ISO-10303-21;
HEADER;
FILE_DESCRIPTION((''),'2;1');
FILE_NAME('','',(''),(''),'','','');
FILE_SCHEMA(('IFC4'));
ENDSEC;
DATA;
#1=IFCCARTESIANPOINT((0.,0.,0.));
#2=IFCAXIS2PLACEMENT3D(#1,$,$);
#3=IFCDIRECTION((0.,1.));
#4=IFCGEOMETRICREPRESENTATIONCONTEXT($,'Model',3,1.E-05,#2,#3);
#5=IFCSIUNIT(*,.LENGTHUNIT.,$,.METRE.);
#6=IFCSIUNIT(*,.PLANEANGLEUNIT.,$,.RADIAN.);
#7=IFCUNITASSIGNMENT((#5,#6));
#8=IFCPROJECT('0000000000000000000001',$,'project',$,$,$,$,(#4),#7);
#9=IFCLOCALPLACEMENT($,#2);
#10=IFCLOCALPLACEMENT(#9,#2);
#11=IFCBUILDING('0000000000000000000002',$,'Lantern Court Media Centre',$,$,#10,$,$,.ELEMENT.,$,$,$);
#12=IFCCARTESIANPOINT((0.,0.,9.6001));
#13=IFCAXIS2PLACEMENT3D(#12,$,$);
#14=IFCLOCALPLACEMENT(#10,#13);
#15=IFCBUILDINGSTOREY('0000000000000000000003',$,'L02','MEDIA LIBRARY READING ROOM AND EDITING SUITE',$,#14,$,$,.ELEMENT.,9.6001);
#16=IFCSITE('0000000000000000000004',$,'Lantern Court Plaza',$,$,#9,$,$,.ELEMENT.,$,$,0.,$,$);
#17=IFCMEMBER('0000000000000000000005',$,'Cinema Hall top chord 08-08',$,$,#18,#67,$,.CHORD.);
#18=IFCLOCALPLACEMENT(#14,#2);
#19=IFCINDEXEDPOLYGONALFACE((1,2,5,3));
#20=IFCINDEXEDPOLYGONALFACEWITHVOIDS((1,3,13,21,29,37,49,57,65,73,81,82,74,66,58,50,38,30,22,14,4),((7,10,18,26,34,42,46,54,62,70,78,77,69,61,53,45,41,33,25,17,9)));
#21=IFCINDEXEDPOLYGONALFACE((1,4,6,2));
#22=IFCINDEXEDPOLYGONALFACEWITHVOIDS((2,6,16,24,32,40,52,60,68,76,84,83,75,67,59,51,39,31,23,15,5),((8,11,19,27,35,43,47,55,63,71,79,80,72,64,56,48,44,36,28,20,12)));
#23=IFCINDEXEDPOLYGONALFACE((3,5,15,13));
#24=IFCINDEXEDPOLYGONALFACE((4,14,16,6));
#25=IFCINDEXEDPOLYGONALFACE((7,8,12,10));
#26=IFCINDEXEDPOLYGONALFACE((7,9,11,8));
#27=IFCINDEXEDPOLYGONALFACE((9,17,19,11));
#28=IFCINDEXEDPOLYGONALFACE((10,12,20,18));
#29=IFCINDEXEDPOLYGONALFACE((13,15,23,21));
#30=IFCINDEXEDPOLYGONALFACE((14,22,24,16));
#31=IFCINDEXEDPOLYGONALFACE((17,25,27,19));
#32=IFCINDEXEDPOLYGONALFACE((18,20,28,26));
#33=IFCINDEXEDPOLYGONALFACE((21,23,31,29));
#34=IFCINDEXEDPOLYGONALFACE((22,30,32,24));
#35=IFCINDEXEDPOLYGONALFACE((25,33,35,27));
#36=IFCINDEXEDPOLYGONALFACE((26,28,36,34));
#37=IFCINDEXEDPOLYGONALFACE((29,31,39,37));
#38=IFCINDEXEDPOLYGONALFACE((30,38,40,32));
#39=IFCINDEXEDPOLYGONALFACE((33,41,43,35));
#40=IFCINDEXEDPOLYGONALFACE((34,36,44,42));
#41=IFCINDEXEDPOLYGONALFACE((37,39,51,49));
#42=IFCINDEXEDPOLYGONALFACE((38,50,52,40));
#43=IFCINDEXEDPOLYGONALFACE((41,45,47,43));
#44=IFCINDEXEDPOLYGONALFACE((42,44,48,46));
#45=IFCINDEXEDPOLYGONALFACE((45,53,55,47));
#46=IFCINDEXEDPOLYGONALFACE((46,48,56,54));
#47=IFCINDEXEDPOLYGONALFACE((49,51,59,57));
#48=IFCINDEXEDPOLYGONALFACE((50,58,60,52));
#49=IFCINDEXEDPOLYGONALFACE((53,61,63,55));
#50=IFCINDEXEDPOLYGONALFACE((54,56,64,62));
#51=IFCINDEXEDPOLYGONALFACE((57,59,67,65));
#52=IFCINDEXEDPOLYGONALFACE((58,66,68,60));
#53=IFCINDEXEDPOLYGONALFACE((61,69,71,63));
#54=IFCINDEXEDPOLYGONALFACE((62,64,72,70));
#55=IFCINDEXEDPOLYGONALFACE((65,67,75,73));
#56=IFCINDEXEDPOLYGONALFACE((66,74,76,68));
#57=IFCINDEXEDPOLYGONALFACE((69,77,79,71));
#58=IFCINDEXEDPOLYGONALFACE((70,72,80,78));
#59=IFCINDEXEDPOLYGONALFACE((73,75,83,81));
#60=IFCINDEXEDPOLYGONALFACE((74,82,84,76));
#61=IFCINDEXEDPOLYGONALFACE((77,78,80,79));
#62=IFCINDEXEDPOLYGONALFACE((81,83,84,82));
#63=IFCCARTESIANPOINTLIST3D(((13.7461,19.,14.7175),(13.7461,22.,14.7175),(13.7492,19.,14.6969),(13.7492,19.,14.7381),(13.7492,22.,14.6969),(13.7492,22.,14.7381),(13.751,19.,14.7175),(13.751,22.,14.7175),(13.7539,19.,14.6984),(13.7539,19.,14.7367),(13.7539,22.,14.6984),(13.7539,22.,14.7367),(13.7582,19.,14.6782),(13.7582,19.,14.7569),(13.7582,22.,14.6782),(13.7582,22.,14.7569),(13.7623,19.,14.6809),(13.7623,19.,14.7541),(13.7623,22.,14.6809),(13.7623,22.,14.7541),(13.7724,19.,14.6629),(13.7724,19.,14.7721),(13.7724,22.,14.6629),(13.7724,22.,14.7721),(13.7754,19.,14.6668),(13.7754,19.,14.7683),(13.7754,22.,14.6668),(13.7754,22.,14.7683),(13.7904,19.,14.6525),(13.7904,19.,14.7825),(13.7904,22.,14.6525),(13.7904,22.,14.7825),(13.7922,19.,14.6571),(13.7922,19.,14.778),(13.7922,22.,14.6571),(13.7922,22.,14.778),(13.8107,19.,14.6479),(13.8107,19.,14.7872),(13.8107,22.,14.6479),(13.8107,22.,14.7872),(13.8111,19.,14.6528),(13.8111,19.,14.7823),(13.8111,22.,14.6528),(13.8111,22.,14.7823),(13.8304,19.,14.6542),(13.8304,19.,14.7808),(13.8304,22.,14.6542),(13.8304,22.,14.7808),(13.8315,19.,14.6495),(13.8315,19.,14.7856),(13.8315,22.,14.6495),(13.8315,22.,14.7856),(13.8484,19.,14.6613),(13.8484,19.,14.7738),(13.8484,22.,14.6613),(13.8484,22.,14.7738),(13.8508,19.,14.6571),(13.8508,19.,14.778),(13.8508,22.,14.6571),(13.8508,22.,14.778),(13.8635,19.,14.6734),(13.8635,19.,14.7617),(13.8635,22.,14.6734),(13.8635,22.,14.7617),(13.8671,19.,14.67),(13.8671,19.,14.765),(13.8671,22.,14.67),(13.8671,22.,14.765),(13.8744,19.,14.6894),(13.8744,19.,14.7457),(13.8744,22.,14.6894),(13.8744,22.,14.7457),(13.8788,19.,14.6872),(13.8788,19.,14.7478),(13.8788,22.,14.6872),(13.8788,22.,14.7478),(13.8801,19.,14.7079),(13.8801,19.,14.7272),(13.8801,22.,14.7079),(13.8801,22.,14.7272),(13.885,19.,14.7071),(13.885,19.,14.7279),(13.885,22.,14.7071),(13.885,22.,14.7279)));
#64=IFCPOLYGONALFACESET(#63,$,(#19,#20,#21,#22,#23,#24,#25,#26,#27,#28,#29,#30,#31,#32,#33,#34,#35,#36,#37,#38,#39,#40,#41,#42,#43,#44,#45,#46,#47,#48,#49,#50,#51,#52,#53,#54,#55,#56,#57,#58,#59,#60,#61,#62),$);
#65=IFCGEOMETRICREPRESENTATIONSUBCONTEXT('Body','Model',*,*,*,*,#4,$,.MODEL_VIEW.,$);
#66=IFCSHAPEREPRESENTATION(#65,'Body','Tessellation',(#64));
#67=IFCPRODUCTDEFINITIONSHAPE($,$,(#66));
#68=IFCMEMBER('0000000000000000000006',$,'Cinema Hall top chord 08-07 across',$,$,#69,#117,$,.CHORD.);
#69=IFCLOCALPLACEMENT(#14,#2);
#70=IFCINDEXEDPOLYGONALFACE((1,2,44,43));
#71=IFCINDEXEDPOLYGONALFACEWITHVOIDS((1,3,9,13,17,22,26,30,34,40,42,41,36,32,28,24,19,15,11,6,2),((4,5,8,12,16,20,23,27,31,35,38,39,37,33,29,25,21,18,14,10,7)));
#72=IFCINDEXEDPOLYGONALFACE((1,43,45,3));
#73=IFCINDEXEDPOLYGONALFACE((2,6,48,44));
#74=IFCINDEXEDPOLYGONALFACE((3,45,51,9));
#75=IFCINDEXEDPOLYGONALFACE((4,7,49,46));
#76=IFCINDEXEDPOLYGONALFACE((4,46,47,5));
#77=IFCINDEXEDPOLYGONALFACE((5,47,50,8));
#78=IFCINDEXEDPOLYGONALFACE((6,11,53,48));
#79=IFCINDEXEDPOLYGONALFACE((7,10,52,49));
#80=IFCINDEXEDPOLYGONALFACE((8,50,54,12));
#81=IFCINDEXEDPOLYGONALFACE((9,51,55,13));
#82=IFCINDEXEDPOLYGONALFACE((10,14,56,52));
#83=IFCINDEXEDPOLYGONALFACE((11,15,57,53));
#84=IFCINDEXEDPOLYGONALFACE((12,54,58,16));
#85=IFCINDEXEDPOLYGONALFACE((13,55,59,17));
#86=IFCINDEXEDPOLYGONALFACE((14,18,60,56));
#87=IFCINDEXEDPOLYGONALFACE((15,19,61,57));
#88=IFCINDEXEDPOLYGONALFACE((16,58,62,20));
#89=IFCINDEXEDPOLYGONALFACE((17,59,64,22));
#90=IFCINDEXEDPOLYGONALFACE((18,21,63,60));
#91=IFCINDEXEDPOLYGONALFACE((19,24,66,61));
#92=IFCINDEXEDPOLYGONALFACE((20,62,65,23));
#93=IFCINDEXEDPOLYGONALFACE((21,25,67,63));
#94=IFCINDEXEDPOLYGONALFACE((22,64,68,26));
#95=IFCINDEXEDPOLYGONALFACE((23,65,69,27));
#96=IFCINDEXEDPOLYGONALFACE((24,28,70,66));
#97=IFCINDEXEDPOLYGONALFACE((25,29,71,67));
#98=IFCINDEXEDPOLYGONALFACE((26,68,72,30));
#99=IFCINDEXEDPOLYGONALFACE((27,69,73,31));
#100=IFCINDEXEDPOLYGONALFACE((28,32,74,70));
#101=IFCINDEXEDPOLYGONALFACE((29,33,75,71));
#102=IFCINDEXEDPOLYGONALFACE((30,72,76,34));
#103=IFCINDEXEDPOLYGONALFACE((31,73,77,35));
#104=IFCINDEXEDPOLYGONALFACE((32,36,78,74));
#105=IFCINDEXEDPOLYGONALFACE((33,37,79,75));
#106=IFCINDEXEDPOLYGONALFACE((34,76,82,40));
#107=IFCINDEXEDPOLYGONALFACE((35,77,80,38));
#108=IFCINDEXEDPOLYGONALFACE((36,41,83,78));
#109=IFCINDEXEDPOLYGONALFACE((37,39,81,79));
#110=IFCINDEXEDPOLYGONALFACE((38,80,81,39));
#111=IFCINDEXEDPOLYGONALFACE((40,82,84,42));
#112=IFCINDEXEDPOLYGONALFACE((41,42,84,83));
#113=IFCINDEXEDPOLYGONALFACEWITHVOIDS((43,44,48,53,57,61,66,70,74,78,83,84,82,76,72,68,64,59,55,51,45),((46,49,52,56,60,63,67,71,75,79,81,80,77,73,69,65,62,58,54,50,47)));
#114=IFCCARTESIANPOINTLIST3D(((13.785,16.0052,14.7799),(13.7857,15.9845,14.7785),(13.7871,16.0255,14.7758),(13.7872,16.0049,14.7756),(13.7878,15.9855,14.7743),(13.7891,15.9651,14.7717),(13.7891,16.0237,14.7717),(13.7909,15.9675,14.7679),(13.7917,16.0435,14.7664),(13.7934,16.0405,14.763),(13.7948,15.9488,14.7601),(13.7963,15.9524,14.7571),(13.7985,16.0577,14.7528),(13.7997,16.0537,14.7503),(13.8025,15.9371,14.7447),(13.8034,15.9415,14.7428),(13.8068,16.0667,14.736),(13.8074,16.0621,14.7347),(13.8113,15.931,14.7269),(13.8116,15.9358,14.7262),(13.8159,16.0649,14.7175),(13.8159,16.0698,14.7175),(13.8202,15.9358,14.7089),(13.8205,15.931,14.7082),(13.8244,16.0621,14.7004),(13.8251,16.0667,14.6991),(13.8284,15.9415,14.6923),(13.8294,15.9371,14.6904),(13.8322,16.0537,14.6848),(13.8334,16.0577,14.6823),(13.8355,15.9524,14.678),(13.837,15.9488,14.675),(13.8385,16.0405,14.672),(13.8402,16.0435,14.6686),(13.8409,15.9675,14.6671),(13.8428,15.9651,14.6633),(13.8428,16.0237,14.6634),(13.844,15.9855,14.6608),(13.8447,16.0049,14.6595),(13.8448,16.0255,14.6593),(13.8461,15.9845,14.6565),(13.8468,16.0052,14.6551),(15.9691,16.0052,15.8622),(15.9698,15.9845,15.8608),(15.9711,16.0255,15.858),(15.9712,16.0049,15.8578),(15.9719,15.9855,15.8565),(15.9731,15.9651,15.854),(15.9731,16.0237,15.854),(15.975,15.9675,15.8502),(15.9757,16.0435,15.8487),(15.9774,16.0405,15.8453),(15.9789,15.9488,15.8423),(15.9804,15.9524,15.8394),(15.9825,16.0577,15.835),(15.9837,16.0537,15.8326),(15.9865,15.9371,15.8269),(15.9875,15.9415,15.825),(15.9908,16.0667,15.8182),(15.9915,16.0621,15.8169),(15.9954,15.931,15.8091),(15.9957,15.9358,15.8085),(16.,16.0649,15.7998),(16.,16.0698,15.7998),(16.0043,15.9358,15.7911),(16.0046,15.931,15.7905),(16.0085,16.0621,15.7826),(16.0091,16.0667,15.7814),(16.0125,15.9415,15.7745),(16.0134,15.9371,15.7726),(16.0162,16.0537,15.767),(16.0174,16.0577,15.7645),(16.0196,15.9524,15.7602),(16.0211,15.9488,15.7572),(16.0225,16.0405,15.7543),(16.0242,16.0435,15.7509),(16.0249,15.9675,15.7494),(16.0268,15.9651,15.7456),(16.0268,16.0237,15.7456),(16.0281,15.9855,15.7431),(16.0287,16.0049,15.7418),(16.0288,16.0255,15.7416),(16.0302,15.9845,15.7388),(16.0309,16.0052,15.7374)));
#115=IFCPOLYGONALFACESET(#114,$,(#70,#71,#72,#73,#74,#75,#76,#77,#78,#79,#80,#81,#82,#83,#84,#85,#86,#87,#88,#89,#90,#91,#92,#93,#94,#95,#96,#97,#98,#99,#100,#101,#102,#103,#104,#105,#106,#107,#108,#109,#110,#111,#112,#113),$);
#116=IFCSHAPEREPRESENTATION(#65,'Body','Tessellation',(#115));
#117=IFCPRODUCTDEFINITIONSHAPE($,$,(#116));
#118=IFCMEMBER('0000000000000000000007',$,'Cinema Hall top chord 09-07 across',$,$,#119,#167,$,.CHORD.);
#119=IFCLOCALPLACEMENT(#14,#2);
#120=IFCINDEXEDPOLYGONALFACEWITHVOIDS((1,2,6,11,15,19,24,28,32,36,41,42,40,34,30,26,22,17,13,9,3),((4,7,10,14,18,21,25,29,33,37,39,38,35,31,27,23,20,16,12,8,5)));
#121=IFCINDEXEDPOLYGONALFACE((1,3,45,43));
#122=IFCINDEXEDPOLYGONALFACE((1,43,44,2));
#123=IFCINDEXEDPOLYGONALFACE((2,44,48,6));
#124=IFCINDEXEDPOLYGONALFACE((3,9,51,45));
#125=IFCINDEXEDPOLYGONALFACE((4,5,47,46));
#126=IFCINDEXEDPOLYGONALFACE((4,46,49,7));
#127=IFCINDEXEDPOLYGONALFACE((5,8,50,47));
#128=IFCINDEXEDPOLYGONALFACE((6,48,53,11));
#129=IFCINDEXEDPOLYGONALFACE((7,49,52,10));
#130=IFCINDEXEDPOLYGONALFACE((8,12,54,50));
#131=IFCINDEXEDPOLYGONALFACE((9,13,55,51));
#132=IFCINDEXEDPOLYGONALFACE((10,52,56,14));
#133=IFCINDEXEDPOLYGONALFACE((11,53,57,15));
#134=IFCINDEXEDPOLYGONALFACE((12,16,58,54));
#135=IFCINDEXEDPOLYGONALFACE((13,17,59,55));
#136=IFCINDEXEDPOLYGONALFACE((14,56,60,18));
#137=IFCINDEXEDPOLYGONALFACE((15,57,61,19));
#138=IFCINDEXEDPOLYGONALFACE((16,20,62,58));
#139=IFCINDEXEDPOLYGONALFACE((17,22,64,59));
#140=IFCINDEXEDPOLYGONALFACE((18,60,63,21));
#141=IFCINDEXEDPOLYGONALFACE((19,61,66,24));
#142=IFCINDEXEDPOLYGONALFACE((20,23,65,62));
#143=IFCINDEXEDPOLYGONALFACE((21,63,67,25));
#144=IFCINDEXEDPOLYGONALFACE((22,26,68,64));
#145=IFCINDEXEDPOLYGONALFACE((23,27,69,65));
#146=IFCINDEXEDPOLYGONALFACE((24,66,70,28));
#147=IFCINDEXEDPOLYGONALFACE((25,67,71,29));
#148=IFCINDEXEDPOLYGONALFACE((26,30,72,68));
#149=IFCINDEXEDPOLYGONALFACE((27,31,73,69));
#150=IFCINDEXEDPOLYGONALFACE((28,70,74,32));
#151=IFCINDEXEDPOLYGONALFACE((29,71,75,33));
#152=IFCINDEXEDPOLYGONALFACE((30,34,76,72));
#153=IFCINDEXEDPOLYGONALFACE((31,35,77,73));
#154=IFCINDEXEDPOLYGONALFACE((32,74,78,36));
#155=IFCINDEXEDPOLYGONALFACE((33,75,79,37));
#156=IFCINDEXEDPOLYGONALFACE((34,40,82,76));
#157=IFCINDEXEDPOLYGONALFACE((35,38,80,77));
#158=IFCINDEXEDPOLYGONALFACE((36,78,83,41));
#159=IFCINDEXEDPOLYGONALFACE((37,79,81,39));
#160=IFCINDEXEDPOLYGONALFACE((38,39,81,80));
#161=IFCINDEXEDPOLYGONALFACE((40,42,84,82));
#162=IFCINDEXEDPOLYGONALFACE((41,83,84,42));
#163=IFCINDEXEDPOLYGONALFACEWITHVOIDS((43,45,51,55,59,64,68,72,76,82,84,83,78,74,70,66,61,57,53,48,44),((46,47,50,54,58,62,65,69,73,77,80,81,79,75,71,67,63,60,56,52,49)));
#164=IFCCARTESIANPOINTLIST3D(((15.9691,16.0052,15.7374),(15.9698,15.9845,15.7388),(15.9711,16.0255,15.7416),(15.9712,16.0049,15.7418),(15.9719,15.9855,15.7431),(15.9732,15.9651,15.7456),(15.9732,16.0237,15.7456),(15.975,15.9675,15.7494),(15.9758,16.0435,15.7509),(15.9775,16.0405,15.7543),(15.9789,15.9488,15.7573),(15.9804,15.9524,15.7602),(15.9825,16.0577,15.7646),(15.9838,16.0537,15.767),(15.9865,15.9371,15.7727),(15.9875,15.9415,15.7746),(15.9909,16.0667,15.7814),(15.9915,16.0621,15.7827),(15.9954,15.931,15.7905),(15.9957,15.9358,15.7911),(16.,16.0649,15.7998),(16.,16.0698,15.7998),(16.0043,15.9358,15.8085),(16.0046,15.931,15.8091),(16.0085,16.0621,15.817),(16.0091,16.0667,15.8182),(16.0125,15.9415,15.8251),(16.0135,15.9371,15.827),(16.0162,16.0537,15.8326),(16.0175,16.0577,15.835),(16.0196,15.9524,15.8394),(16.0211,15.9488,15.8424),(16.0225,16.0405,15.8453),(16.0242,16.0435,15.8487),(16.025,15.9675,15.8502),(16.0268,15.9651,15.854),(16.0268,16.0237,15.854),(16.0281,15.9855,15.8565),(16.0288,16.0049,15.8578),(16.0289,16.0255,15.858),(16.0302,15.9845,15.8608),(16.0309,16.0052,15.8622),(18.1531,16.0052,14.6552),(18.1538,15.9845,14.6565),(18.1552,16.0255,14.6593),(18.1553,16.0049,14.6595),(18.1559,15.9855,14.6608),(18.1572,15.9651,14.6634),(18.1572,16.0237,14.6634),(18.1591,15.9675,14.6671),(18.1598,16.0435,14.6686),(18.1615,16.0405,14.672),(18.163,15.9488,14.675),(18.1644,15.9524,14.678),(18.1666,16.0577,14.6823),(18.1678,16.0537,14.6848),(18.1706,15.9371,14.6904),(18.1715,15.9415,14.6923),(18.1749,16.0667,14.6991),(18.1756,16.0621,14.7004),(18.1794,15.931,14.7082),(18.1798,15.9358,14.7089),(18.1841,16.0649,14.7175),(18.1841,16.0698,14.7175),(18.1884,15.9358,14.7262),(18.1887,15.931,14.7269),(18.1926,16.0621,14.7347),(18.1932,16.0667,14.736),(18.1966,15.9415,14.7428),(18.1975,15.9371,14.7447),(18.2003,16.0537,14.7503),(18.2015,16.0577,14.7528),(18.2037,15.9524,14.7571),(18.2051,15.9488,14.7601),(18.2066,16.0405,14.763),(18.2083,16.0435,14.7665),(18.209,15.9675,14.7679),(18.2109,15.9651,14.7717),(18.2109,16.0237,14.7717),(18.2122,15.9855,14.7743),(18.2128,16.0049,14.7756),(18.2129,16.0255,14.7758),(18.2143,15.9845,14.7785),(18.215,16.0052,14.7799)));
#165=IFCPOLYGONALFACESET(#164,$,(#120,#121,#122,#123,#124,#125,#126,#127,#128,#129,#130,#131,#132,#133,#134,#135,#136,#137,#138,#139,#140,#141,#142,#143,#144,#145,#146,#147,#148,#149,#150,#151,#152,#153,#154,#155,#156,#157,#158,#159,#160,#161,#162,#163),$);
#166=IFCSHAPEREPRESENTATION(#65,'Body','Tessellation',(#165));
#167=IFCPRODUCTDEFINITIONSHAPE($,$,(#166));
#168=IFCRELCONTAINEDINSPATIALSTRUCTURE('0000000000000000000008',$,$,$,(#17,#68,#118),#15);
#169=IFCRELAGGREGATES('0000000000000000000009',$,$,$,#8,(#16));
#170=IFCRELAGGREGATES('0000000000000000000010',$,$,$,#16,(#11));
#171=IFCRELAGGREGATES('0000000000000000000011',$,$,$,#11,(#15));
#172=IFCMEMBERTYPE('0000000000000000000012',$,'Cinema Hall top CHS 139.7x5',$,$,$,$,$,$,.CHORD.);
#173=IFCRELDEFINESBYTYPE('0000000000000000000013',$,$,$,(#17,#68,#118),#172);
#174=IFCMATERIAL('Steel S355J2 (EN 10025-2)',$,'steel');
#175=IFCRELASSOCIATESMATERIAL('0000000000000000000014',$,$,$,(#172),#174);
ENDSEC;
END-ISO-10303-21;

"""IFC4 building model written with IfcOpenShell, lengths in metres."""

from ifc_helpers import new_model, si_unit, direction, frame, origin, origin_2d, place, context, subcontext, project, spatial, hollow_circle, extrude, material, material_profile, profile_set, type_object, element, save


model = new_model("IFC4")

# Units and contexts
model_context = context("Model", 3, precision=1e-05, world=origin(), true_north=direction((0.0, 1.0)))
body_context = subcontext(model_context, "Body", "Model", "MODEL_VIEW")
ifc_project = project(units=[si_unit("LENGTHUNIT", "METRE"), si_unit("PLANEANGLEUNIT", "RADIAN")], contexts=[model_context])

# Site, building, storey
site_placement = place(None, origin())
site = spatial("IfcSite", under=ifc_project, at=site_placement, Name="Lantern Court Plaza", CompositionType="ELEMENT", RefElevation=0.0)
building_placement = place(site_placement, origin())
building = spatial("IfcBuilding", under=site, at=building_placement, Name="Lantern Court Media Centre", CompositionType="ELEMENT")
storey_placement = place(building_placement, frame((0.0, 0.0, 9.6001)))
storey = spatial("IfcBuildingStorey", under=building, at=storey_placement, Name="L02", Description="MEDIA LIBRARY READING ROOM AND EDITING SUITE", CompositionType="ELEMENT", Elevation=9.6001)

# Members
ifc_material = material(Name="Steel S355J2 (EN 10025-2)", Category="steel")
ifc_material_profile_1 = material_profile(ifc_material, hollow_circle(Radius=0.0698, WallThickness=0.0049, at=origin_2d()), Name="Cinema Hall top CHS 139.7x5")
ifc_profile_set_1 = profile_set([ifc_material_profile_1], Name="Steel S355J2 (EN 10025-2)")
member_type_1 = type_object("IfcMemberType", Name="Cinema Hall top CHS 139.7x5", PredefinedType="CHORD", material=ifc_profile_set_1)
for number, where, z_axis, x_axis, name in (
    (1, (13.8159, 19.0, 14.7175), (0.0, 1.0, 0.0), (-1.0, 0.0, 0.0), "Cinema Hall top chord 08-08"),
):
    element("IfcMember", number, at=place(storey_placement, frame(where, z_axis=z_axis, x_axis=x_axis)), inside=storey, type_object=member_type_1, Name=name, PredefinedType="CHORD", context=body_context, shape_type="SweptSolid", body=[
        extrude(hollow_circle(Radius=0.0698, WallThickness=0.0049, at=origin_2d()), origin(), (0.0, 0.0, 1.0), 3.0),
    ])
for number, where, z_axis, x_axis, name in (
    (2, (13.8159, 16.0, 14.7175), (0.896024, 0.0, 0.444006), (0.0, 1.0, 0.0), "Cinema Hall top chord 08-07 across"),
    (3, (16.0, 16.0, 15.7998), (0.896024, 0.0, -0.444006), (0.0, 1.0, 0.0), "Cinema Hall top chord 09-07 across"),
):
    element("IfcMember", number, at=place(storey_placement, frame(where, z_axis=z_axis, x_axis=x_axis)), inside=storey, type_object=member_type_1, Name=name, PredefinedType="CHORD", context=body_context, shape_type="SweptSolid", body=[
        extrude(hollow_circle(Radius=0.0698, WallThickness=0.0049, at=origin_2d()), origin(), (0.0, 0.0, 1.0), 2.4375),
    ])

save(model, "model.ifc")
